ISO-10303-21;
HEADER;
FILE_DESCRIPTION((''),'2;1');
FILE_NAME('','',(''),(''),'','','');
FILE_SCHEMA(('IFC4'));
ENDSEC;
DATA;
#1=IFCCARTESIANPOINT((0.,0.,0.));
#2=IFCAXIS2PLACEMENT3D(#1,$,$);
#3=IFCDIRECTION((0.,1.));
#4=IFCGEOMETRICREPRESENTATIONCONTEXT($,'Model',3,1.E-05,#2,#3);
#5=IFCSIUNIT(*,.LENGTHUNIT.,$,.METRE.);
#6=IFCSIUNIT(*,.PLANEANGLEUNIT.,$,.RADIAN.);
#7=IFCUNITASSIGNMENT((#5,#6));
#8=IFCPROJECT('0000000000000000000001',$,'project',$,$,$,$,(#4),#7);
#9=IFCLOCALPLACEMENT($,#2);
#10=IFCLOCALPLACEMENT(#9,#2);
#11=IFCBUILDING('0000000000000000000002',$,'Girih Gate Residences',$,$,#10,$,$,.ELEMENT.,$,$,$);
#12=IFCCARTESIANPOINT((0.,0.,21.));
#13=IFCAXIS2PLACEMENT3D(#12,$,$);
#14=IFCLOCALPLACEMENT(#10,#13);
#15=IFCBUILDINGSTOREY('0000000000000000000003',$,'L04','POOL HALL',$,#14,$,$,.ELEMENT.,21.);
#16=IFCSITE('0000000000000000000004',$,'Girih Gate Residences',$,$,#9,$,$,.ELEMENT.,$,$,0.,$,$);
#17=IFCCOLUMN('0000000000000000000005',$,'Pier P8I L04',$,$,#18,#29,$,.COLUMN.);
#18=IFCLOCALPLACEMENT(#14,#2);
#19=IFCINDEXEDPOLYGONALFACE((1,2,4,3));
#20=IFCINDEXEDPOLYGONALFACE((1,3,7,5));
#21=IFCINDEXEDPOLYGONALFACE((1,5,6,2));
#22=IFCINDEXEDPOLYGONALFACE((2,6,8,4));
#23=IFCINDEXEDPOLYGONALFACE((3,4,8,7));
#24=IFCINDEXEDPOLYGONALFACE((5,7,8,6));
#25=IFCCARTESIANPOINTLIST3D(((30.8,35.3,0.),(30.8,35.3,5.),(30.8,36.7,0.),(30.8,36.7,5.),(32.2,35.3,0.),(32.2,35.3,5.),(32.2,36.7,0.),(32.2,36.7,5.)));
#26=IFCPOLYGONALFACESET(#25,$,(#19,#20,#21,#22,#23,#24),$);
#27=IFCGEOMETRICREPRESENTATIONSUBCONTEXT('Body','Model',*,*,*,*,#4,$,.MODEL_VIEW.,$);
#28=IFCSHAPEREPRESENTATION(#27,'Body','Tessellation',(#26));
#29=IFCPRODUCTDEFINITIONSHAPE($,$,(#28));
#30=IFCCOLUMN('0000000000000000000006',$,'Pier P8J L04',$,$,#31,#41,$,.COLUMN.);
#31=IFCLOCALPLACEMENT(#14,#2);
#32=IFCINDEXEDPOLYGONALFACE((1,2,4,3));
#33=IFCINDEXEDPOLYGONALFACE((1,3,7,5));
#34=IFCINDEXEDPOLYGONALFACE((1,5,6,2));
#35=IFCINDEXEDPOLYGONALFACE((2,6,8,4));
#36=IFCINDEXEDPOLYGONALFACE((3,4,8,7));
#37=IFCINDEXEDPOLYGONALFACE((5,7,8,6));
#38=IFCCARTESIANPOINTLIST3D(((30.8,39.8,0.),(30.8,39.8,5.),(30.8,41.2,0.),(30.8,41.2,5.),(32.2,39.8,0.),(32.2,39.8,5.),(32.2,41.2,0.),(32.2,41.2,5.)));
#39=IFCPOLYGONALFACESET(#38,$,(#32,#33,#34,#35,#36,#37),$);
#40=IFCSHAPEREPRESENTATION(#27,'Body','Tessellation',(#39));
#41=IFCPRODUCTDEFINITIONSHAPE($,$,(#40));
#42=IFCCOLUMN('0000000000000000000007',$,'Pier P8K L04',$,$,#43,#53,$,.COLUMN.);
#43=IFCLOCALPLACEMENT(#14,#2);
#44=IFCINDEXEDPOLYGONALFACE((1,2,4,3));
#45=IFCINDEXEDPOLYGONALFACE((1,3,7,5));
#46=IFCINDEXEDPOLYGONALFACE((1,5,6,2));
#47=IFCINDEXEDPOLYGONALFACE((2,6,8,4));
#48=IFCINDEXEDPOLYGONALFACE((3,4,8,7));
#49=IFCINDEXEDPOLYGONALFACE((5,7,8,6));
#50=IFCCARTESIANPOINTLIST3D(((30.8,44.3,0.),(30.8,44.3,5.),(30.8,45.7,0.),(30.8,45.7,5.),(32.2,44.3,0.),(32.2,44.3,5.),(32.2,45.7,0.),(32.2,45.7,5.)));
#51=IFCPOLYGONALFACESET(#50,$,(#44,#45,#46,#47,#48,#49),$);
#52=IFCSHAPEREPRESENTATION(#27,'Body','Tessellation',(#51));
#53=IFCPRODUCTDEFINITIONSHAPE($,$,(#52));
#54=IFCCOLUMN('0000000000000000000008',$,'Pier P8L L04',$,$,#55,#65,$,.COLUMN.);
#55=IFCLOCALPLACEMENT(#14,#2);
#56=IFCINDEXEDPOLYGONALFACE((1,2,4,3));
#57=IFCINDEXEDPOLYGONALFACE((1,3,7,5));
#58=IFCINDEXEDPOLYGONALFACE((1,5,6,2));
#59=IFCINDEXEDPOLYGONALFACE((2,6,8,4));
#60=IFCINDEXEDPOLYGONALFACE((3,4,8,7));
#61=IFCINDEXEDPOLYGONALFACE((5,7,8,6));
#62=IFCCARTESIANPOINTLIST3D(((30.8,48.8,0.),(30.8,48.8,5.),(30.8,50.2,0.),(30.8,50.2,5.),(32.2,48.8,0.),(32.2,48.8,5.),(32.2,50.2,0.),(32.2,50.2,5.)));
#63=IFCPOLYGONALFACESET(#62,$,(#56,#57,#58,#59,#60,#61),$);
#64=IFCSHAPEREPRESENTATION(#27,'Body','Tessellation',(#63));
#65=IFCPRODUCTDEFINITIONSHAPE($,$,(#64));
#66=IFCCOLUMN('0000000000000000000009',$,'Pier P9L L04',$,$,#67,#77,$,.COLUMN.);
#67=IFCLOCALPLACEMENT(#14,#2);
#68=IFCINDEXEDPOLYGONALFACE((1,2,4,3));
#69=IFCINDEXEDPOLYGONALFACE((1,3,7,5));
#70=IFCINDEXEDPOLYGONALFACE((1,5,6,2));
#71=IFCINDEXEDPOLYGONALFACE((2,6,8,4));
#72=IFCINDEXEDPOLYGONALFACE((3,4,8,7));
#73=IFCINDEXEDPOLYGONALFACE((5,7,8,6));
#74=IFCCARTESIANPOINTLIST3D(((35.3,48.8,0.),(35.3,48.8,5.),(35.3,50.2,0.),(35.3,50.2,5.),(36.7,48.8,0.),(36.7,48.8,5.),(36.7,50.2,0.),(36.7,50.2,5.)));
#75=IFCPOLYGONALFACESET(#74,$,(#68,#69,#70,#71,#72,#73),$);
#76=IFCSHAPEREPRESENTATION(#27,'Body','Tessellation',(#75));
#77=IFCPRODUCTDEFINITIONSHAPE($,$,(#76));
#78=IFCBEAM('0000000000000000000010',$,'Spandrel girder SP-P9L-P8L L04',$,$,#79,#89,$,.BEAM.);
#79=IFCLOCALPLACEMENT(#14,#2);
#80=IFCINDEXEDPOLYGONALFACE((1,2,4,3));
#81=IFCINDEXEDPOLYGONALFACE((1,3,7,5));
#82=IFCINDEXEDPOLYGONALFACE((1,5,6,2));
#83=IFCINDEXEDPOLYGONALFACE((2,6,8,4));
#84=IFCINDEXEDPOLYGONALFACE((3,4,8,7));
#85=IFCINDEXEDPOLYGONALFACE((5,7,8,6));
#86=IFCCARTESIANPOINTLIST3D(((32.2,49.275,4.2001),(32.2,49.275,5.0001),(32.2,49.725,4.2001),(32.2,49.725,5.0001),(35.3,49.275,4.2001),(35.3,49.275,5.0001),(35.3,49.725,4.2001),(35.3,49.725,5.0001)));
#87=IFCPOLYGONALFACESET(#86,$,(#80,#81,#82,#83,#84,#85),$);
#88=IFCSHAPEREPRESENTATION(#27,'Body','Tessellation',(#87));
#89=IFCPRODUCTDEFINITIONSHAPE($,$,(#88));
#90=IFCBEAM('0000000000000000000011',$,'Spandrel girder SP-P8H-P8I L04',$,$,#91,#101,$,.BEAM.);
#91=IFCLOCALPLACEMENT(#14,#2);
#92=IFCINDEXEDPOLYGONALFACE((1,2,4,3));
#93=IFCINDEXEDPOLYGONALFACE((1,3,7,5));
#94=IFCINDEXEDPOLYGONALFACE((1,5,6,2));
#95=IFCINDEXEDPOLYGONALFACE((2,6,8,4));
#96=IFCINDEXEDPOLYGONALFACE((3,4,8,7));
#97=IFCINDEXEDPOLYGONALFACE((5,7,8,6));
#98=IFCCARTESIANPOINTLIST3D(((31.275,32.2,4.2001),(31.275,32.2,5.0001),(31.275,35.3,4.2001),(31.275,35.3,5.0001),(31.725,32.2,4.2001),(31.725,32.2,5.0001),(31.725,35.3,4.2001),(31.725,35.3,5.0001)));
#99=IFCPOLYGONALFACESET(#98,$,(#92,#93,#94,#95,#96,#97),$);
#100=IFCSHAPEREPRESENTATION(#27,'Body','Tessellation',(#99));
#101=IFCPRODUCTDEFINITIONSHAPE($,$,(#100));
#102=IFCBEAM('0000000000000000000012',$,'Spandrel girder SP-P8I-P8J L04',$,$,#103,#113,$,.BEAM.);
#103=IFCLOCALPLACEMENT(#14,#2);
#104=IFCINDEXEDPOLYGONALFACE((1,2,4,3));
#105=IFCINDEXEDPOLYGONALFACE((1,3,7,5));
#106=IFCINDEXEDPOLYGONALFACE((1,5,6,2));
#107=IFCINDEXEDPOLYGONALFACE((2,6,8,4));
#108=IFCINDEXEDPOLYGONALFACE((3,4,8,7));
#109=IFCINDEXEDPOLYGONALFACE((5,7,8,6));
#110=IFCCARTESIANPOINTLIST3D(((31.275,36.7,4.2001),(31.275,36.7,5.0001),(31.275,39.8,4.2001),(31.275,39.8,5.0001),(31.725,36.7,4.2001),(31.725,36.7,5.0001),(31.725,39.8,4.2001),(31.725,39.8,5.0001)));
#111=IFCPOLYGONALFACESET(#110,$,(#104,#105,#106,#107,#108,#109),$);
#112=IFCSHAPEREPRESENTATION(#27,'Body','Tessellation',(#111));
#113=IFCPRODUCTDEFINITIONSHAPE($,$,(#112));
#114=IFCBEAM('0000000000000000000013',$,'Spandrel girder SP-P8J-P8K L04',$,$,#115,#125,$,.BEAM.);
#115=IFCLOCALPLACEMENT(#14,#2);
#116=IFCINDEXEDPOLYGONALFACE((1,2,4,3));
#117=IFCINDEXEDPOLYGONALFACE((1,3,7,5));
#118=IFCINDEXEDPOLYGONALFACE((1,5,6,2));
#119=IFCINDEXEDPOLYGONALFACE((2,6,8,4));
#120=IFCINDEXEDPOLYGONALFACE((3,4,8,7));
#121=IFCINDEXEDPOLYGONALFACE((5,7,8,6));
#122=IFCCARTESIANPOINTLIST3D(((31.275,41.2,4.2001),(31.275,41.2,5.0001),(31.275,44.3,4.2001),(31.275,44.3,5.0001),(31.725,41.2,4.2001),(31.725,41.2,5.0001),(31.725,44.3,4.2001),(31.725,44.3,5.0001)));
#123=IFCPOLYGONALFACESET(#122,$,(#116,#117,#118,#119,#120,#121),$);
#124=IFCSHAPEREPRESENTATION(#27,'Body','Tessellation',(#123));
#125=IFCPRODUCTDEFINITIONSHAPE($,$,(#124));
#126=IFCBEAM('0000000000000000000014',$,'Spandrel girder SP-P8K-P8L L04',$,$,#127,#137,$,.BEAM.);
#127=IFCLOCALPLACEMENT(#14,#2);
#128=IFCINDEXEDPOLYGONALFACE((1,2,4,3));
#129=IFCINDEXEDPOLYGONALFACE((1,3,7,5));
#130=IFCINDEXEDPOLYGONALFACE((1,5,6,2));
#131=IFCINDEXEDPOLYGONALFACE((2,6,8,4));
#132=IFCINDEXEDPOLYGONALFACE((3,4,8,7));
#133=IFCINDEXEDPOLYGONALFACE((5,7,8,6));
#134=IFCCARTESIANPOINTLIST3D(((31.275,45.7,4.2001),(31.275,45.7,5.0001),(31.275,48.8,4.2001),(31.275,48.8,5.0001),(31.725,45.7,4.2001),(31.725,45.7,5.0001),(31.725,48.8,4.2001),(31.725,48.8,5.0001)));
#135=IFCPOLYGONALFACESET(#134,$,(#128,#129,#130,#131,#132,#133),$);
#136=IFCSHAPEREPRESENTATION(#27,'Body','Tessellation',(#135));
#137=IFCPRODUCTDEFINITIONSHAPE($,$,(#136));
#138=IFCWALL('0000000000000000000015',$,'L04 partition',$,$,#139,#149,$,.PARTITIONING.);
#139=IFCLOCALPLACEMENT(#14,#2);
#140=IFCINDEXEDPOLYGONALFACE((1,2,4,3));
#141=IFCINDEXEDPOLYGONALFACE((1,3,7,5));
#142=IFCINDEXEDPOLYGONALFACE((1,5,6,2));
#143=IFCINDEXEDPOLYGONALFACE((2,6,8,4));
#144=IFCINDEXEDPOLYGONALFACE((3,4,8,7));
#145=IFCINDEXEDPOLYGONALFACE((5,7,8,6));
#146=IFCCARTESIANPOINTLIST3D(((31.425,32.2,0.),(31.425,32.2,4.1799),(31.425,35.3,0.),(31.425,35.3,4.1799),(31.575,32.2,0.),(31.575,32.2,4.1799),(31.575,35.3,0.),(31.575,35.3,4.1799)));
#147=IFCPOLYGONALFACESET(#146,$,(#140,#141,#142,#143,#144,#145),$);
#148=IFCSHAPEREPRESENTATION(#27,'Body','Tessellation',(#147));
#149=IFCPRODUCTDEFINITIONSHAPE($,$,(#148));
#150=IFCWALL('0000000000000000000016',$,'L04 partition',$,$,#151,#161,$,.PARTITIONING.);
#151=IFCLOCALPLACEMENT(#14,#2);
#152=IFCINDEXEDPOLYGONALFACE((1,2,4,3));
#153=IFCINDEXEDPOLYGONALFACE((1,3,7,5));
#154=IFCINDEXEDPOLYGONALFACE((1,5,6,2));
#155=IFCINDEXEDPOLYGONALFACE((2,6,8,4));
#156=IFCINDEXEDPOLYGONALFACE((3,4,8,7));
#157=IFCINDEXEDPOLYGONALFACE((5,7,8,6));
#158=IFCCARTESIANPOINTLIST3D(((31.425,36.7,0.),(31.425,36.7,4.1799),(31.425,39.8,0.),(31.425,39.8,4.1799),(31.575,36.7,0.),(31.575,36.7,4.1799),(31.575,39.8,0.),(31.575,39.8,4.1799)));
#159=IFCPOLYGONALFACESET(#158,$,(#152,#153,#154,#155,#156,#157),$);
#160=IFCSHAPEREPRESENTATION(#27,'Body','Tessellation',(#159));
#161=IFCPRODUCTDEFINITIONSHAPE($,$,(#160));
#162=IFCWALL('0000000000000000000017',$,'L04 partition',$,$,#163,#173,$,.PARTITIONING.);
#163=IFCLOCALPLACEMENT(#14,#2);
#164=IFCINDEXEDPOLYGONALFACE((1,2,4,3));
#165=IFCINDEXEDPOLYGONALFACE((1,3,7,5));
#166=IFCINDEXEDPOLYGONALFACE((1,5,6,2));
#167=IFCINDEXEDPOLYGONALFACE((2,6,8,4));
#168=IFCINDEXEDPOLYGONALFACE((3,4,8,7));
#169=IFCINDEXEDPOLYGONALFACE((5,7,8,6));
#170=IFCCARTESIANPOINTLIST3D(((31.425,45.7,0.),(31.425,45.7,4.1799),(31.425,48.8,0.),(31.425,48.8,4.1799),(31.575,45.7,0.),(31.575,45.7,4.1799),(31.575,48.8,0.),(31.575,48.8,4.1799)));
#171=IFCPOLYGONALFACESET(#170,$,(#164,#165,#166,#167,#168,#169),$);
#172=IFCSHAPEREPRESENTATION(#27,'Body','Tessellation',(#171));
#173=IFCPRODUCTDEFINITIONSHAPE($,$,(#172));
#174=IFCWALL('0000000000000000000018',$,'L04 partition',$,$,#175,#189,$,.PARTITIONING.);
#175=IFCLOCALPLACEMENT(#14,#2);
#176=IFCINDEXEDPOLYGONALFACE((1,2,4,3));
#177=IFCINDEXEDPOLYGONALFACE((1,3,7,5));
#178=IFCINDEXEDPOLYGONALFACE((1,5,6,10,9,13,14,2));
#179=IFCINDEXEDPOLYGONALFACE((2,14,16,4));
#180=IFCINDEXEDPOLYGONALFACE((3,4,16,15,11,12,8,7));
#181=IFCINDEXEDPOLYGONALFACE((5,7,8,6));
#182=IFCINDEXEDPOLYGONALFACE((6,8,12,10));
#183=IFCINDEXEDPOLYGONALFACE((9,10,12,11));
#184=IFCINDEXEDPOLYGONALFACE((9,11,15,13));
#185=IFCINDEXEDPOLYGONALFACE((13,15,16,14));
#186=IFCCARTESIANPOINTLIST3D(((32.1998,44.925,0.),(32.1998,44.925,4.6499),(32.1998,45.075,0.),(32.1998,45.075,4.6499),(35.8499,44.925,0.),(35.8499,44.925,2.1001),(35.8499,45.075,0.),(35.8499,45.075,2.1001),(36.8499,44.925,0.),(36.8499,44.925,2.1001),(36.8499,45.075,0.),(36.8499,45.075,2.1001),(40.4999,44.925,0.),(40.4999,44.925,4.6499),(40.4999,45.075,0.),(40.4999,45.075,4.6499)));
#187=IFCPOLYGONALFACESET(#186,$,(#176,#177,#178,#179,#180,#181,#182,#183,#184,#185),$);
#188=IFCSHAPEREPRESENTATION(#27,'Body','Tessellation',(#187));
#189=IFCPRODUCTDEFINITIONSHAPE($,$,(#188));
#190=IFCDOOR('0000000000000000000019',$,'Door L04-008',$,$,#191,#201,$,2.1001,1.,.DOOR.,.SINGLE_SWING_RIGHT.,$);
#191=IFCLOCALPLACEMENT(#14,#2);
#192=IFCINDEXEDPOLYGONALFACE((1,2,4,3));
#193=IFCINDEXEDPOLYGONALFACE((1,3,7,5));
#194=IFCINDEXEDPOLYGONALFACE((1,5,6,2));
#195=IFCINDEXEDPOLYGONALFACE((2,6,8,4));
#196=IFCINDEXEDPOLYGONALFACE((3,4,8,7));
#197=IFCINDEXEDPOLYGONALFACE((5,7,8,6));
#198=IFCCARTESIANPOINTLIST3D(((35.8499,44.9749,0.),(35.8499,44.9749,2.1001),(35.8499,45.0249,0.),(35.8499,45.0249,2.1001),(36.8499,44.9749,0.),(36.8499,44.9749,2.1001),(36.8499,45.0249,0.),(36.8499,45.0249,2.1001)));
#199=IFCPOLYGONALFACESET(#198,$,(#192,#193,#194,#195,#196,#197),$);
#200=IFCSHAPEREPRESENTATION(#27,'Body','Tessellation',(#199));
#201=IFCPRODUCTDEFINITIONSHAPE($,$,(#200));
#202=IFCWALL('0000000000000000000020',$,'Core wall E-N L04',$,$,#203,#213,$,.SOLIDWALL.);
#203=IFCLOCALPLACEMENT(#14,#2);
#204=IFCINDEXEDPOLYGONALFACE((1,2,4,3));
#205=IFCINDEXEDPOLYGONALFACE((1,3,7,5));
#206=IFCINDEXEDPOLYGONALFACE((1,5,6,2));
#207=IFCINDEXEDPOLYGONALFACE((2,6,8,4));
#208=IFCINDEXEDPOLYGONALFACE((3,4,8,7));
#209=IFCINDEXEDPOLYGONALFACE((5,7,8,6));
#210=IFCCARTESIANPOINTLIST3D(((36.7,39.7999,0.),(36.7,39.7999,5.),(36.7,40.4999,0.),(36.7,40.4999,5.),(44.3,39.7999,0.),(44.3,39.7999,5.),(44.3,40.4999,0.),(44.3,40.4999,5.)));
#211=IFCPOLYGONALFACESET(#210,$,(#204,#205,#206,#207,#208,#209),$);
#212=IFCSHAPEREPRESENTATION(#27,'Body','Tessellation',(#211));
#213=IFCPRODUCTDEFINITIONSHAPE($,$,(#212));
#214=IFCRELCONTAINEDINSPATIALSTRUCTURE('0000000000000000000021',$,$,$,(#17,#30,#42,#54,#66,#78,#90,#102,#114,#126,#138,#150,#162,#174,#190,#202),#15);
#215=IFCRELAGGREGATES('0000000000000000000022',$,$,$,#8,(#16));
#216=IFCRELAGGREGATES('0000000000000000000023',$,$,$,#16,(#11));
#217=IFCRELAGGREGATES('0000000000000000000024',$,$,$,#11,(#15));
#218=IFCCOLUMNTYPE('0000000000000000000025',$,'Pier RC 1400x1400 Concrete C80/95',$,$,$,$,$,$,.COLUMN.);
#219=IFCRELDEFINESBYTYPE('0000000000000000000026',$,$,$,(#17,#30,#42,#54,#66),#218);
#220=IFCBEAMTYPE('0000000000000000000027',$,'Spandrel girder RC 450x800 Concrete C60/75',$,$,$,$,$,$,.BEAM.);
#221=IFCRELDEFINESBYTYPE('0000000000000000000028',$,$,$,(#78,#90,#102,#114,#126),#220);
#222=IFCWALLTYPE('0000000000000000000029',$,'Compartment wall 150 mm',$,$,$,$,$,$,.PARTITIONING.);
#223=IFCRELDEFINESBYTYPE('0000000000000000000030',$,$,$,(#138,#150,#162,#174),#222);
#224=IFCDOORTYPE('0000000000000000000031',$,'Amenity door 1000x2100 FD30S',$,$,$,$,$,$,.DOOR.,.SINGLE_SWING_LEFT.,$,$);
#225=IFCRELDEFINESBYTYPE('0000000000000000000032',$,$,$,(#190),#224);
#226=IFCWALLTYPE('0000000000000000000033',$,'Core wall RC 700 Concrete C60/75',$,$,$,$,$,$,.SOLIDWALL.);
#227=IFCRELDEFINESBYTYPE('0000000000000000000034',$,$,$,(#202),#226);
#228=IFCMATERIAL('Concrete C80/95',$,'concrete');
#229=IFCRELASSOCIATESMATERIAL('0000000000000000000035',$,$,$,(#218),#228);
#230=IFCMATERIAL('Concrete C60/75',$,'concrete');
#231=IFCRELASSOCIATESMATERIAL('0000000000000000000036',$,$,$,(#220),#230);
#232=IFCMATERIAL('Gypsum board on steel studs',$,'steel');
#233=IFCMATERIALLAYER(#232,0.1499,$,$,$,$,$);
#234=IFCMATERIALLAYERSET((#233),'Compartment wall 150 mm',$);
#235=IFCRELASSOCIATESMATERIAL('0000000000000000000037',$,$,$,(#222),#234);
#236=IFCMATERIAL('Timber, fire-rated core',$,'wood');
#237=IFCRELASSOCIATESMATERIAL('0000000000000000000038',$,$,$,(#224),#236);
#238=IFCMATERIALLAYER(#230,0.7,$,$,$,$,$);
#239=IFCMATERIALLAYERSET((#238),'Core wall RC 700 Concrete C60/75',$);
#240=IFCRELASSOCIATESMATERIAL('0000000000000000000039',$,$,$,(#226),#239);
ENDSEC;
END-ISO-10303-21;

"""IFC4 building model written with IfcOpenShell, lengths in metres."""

from ifc_helpers import new_model, si_unit, direction, frame, frame_2d, origin, origin_2d, place, context, subcontext, project, spatial, rectangle, extrude, material, layer, layer_set, material_profile, profile_set, type_object, element, fill, save


model = new_model("IFC4")

# Units and contexts
model_context = context("Model", 3, precision=1e-05, world=origin(), true_north=direction((0.0, 1.0)))
body_context = subcontext(model_context, "Body", "Model", "MODEL_VIEW")
ifc_project = project(units=[si_unit("LENGTHUNIT", "METRE"), si_unit("PLANEANGLEUNIT", "RADIAN")], contexts=[model_context])

# Site, building, storey
site_placement = place(None, origin())
site = spatial("IfcSite", under=ifc_project, at=site_placement, Name="Girih Gate Residences", CompositionType="ELEMENT", RefElevation=0.0)
building_placement = place(site_placement, origin())
building = spatial("IfcBuilding", under=site, at=building_placement, Name="Girih Gate Residences", CompositionType="ELEMENT")
storey_placement = place(building_placement, frame((0.0, 0.0, 21.0)))
storey = spatial("IfcBuildingStorey", under=building, at=storey_placement, Name="L04", Description="POOL HALL", CompositionType="ELEMENT", Elevation=21.0)

# Columns
ifc_material_1 = material(Name="Concrete C80/95", Category="concrete")
ifc_material_profile_1 = material_profile(ifc_material_1, rectangle(XDim=1.3999, YDim=1.3999, at=origin_2d()))
ifc_profile_set_1 = profile_set([ifc_material_profile_1], Name="Concrete C80/95")
column_type = type_object("IfcColumnType", Name="Pier RC 1400x1400 Concrete C80/95", PredefinedType="COLUMN", material=ifc_profile_set_1)
for number, where, z_axis, x_axis, name in (
    (1, (31.5, 36.0, 0.0), (0.0, 0.0, 1.0), (1.0, 0.0, 0.0), "Pier P8I L04"),
    (2, (31.5, 40.5, 0.0), (0.0, 0.0, 1.0), (1.0, 0.0, 0.0), "Pier P8J L04"),
    (3, (31.5, 45.0, 0.0), (0.0, 0.0, 1.0), (1.0, 0.0, 0.0), "Pier P8K L04"),
    (4, (31.5, 49.5, 0.0), (0.0, 0.0, 1.0), (1.0, 0.0, 0.0), "Pier P8L L04"),
    (5, (36.0, 49.5, 0.0), (0.0, 0.0, 1.0), (1.0, 0.0, 0.0), "Pier P9L L04"),
):
    element("IfcColumn", number, at=place(storey_placement, frame(where, z_axis=z_axis, x_axis=x_axis)), inside=storey, type_object=column_type, Name=name, PredefinedType="COLUMN", context=body_context, shape_type="SweptSolid", body=[
        extrude(rectangle(XDim=1.3999, YDim=1.3999, at=origin_2d()), origin(), (0.0, 0.0, 1.0), 5.0),
    ])

# Beams
ifc_material_2 = material(Name="Concrete C60/75", Category="concrete")
ifc_material_profile_2 = material_profile(ifc_material_2, rectangle(XDim=0.45, YDim=0.8, at=origin_2d()))
ifc_profile_set_2 = profile_set([ifc_material_profile_2], Name="Concrete C60/75")
beam_type = type_object("IfcBeamType", Name="Spandrel girder RC 450x800 Concrete C60/75", PredefinedType="BEAM", material=ifc_profile_set_2)
for number, where, z_axis, x_axis, name in (
    (6, (35.3, 49.5, 4.6001), (-1.0, 0.0, 0.0), (0.0, -1.0, 0.0), "Spandrel girder SP-P9L-P8L L04"),
    (7, (31.5, 32.2, 4.6001), (0.0, 1.0, 0.0), (-1.0, 0.0, 0.0), "Spandrel girder SP-P8H-P8I L04"),
    (8, (31.5, 36.7, 4.6001), (0.0, 1.0, 0.0), (-1.0, 0.0, 0.0), "Spandrel girder SP-P8I-P8J L04"),
    (9, (31.5, 41.2, 4.6001), (0.0, 1.0, 0.0), (-1.0, 0.0, 0.0), "Spandrel girder SP-P8J-P8K L04"),
    (10, (31.5, 45.7, 4.6001), (0.0, 1.0, 0.0), (-1.0, 0.0, 0.0), "Spandrel girder SP-P8K-P8L L04"),
):
    element("IfcBeam", number, at=place(storey_placement, frame(where, z_axis=z_axis, x_axis=x_axis)), inside=storey, type_object=beam_type, Name=name, PredefinedType="BEAM", context=body_context, shape_type="SweptSolid", body=[
        extrude(rectangle(XDim=0.45, YDim=0.8, at=origin_2d()), origin(), (0.0, 0.0, 1.0), 3.1001),
    ])

# Walls
ifc_material_3 = material(Name="Gypsum board on steel studs", Category="steel")
ifc_layer_1 = layer(ifc_material_3, 0.1499)
ifc_layer_set_1 = layer_set([ifc_layer_1], Name="Compartment wall 150 mm")
wall_type_1 = type_object("IfcWallType", Name="Compartment wall 150 mm", PredefinedType="PARTITIONING", material=ifc_layer_set_1)
for number, where, z_axis, x_axis, name in (
    (11, (31.5, 32.2, 0.0), (0.0, 0.0, 1.0), (0.0, 1.0, 0.0), "L04 partition"),
    (12, (31.5, 36.7, 0.0), (0.0, 0.0, 1.0), (0.0, 1.0, 0.0), "L04 partition"),
    (13, (31.5, 45.7, 0.0), (0.0, 0.0, 1.0), (0.0, 1.0, 0.0), "L04 partition"),
):
    element("IfcWall", number, at=place(storey_placement, frame(where, z_axis=z_axis, x_axis=x_axis)), inside=storey, type_object=wall_type_1, Name=name, PredefinedType="PARTITIONING", context=body_context, shape_type="SweptSolid", body=[
        extrude(rectangle(XDim=3.1001, YDim=0.1499, at=frame_2d((1.55, 0.0))), origin(), (0.0, 0.0, 1.0), 4.1799),
    ])

# Wall, opening, door
wall_1_placement = place(storey_placement, frame((32.2, 45.0, 0.0), z_axis=(0.0, 0.0, 1.0), x_axis=(1.0, 0.0, 0.0)))
wall_1 = element("IfcWall", 14, at=wall_1_placement, inside=storey, type_object=wall_type_1, Name="L04 partition", PredefinedType="PARTITIONING", context=body_context, shape_type="SweptSolid", body=[
    extrude(rectangle(XDim=8.3, YDim=0.1499, at=frame_2d((4.1499, 0.0))), origin(), (0.0, 0.0, 1.0), 4.6499),
])
opening_1_placement = place(wall_1_placement, frame((3.6499, 0.0, 0.0)))
opening_1 = element("IfcOpeningElement", 15, at=opening_1_placement, cuts=wall_1, PredefinedType="OPENING", context=body_context, shape_type="SweptSolid", body=[
    extrude(rectangle(XDim=1.0, YDim=2.1001, at=frame_2d((0.5, 1.05))), frame((0.0, 0.085, 0.0), z_axis=(0.0, -1.0, 0.0), x_axis=(1.0, 0.0, 0.0)), (0.0, 0.0, 1.0), 0.1699),
])
ifc_material_4 = material(Name="Timber, fire-rated core", Category="wood")
door_type_1 = type_object("IfcDoorType", Name="Amenity door 1000x2100 FD30S", OperationType="SINGLE_SWING_LEFT", PredefinedType="DOOR", material=ifc_material_4)
door_1_placement = place(opening_1_placement, origin())
door_1 = element("IfcDoor", 16, at=door_1_placement, inside=storey, type_object=door_type_1, Name="Door L04-008", OperationType="SINGLE_SWING_RIGHT", OverallHeight=2.1001, OverallWidth=1.0, PredefinedType="DOOR", context=body_context, shape_type="SweptSolid", body=[
    extrude(rectangle(XDim=1.0, YDim=2.1001, at=frame_2d((0.5, 1.05))), frame((0.0, 0.0249, 0.0), z_axis=(0.0, -1.0, 0.0), x_axis=(1.0, 0.0, 0.0)), (0.0, 0.0, 1.0), 0.05),
])
fill(opening_1, door_1)

# Wall
ifc_layer_2 = layer(ifc_material_2, 0.7)
ifc_layer_set_2 = layer_set([ifc_layer_2], Name="Core wall RC 700 Concrete C60/75")
wall_type_2 = type_object("IfcWallType", Name="Core wall RC 700 Concrete C60/75", PredefinedType="SOLIDWALL", material=ifc_layer_set_2)
wall_2_placement = place(storey_placement, frame((36.7, 40.1499, 0.0), z_axis=(0.0, 0.0, 1.0), x_axis=(1.0, 0.0, 0.0)))
element("IfcWall", 17, at=wall_2_placement, inside=storey, type_object=wall_type_2, Name="Core wall E-N L04", PredefinedType="SOLIDWALL", context=body_context, shape_type="SweptSolid", body=[
    extrude(rectangle(XDim=7.6001, YDim=0.7, at=frame_2d((3.8, 0.0))), origin(), (0.0, 0.0, 1.0), 5.0),
])

save(model, "model.ifc")
